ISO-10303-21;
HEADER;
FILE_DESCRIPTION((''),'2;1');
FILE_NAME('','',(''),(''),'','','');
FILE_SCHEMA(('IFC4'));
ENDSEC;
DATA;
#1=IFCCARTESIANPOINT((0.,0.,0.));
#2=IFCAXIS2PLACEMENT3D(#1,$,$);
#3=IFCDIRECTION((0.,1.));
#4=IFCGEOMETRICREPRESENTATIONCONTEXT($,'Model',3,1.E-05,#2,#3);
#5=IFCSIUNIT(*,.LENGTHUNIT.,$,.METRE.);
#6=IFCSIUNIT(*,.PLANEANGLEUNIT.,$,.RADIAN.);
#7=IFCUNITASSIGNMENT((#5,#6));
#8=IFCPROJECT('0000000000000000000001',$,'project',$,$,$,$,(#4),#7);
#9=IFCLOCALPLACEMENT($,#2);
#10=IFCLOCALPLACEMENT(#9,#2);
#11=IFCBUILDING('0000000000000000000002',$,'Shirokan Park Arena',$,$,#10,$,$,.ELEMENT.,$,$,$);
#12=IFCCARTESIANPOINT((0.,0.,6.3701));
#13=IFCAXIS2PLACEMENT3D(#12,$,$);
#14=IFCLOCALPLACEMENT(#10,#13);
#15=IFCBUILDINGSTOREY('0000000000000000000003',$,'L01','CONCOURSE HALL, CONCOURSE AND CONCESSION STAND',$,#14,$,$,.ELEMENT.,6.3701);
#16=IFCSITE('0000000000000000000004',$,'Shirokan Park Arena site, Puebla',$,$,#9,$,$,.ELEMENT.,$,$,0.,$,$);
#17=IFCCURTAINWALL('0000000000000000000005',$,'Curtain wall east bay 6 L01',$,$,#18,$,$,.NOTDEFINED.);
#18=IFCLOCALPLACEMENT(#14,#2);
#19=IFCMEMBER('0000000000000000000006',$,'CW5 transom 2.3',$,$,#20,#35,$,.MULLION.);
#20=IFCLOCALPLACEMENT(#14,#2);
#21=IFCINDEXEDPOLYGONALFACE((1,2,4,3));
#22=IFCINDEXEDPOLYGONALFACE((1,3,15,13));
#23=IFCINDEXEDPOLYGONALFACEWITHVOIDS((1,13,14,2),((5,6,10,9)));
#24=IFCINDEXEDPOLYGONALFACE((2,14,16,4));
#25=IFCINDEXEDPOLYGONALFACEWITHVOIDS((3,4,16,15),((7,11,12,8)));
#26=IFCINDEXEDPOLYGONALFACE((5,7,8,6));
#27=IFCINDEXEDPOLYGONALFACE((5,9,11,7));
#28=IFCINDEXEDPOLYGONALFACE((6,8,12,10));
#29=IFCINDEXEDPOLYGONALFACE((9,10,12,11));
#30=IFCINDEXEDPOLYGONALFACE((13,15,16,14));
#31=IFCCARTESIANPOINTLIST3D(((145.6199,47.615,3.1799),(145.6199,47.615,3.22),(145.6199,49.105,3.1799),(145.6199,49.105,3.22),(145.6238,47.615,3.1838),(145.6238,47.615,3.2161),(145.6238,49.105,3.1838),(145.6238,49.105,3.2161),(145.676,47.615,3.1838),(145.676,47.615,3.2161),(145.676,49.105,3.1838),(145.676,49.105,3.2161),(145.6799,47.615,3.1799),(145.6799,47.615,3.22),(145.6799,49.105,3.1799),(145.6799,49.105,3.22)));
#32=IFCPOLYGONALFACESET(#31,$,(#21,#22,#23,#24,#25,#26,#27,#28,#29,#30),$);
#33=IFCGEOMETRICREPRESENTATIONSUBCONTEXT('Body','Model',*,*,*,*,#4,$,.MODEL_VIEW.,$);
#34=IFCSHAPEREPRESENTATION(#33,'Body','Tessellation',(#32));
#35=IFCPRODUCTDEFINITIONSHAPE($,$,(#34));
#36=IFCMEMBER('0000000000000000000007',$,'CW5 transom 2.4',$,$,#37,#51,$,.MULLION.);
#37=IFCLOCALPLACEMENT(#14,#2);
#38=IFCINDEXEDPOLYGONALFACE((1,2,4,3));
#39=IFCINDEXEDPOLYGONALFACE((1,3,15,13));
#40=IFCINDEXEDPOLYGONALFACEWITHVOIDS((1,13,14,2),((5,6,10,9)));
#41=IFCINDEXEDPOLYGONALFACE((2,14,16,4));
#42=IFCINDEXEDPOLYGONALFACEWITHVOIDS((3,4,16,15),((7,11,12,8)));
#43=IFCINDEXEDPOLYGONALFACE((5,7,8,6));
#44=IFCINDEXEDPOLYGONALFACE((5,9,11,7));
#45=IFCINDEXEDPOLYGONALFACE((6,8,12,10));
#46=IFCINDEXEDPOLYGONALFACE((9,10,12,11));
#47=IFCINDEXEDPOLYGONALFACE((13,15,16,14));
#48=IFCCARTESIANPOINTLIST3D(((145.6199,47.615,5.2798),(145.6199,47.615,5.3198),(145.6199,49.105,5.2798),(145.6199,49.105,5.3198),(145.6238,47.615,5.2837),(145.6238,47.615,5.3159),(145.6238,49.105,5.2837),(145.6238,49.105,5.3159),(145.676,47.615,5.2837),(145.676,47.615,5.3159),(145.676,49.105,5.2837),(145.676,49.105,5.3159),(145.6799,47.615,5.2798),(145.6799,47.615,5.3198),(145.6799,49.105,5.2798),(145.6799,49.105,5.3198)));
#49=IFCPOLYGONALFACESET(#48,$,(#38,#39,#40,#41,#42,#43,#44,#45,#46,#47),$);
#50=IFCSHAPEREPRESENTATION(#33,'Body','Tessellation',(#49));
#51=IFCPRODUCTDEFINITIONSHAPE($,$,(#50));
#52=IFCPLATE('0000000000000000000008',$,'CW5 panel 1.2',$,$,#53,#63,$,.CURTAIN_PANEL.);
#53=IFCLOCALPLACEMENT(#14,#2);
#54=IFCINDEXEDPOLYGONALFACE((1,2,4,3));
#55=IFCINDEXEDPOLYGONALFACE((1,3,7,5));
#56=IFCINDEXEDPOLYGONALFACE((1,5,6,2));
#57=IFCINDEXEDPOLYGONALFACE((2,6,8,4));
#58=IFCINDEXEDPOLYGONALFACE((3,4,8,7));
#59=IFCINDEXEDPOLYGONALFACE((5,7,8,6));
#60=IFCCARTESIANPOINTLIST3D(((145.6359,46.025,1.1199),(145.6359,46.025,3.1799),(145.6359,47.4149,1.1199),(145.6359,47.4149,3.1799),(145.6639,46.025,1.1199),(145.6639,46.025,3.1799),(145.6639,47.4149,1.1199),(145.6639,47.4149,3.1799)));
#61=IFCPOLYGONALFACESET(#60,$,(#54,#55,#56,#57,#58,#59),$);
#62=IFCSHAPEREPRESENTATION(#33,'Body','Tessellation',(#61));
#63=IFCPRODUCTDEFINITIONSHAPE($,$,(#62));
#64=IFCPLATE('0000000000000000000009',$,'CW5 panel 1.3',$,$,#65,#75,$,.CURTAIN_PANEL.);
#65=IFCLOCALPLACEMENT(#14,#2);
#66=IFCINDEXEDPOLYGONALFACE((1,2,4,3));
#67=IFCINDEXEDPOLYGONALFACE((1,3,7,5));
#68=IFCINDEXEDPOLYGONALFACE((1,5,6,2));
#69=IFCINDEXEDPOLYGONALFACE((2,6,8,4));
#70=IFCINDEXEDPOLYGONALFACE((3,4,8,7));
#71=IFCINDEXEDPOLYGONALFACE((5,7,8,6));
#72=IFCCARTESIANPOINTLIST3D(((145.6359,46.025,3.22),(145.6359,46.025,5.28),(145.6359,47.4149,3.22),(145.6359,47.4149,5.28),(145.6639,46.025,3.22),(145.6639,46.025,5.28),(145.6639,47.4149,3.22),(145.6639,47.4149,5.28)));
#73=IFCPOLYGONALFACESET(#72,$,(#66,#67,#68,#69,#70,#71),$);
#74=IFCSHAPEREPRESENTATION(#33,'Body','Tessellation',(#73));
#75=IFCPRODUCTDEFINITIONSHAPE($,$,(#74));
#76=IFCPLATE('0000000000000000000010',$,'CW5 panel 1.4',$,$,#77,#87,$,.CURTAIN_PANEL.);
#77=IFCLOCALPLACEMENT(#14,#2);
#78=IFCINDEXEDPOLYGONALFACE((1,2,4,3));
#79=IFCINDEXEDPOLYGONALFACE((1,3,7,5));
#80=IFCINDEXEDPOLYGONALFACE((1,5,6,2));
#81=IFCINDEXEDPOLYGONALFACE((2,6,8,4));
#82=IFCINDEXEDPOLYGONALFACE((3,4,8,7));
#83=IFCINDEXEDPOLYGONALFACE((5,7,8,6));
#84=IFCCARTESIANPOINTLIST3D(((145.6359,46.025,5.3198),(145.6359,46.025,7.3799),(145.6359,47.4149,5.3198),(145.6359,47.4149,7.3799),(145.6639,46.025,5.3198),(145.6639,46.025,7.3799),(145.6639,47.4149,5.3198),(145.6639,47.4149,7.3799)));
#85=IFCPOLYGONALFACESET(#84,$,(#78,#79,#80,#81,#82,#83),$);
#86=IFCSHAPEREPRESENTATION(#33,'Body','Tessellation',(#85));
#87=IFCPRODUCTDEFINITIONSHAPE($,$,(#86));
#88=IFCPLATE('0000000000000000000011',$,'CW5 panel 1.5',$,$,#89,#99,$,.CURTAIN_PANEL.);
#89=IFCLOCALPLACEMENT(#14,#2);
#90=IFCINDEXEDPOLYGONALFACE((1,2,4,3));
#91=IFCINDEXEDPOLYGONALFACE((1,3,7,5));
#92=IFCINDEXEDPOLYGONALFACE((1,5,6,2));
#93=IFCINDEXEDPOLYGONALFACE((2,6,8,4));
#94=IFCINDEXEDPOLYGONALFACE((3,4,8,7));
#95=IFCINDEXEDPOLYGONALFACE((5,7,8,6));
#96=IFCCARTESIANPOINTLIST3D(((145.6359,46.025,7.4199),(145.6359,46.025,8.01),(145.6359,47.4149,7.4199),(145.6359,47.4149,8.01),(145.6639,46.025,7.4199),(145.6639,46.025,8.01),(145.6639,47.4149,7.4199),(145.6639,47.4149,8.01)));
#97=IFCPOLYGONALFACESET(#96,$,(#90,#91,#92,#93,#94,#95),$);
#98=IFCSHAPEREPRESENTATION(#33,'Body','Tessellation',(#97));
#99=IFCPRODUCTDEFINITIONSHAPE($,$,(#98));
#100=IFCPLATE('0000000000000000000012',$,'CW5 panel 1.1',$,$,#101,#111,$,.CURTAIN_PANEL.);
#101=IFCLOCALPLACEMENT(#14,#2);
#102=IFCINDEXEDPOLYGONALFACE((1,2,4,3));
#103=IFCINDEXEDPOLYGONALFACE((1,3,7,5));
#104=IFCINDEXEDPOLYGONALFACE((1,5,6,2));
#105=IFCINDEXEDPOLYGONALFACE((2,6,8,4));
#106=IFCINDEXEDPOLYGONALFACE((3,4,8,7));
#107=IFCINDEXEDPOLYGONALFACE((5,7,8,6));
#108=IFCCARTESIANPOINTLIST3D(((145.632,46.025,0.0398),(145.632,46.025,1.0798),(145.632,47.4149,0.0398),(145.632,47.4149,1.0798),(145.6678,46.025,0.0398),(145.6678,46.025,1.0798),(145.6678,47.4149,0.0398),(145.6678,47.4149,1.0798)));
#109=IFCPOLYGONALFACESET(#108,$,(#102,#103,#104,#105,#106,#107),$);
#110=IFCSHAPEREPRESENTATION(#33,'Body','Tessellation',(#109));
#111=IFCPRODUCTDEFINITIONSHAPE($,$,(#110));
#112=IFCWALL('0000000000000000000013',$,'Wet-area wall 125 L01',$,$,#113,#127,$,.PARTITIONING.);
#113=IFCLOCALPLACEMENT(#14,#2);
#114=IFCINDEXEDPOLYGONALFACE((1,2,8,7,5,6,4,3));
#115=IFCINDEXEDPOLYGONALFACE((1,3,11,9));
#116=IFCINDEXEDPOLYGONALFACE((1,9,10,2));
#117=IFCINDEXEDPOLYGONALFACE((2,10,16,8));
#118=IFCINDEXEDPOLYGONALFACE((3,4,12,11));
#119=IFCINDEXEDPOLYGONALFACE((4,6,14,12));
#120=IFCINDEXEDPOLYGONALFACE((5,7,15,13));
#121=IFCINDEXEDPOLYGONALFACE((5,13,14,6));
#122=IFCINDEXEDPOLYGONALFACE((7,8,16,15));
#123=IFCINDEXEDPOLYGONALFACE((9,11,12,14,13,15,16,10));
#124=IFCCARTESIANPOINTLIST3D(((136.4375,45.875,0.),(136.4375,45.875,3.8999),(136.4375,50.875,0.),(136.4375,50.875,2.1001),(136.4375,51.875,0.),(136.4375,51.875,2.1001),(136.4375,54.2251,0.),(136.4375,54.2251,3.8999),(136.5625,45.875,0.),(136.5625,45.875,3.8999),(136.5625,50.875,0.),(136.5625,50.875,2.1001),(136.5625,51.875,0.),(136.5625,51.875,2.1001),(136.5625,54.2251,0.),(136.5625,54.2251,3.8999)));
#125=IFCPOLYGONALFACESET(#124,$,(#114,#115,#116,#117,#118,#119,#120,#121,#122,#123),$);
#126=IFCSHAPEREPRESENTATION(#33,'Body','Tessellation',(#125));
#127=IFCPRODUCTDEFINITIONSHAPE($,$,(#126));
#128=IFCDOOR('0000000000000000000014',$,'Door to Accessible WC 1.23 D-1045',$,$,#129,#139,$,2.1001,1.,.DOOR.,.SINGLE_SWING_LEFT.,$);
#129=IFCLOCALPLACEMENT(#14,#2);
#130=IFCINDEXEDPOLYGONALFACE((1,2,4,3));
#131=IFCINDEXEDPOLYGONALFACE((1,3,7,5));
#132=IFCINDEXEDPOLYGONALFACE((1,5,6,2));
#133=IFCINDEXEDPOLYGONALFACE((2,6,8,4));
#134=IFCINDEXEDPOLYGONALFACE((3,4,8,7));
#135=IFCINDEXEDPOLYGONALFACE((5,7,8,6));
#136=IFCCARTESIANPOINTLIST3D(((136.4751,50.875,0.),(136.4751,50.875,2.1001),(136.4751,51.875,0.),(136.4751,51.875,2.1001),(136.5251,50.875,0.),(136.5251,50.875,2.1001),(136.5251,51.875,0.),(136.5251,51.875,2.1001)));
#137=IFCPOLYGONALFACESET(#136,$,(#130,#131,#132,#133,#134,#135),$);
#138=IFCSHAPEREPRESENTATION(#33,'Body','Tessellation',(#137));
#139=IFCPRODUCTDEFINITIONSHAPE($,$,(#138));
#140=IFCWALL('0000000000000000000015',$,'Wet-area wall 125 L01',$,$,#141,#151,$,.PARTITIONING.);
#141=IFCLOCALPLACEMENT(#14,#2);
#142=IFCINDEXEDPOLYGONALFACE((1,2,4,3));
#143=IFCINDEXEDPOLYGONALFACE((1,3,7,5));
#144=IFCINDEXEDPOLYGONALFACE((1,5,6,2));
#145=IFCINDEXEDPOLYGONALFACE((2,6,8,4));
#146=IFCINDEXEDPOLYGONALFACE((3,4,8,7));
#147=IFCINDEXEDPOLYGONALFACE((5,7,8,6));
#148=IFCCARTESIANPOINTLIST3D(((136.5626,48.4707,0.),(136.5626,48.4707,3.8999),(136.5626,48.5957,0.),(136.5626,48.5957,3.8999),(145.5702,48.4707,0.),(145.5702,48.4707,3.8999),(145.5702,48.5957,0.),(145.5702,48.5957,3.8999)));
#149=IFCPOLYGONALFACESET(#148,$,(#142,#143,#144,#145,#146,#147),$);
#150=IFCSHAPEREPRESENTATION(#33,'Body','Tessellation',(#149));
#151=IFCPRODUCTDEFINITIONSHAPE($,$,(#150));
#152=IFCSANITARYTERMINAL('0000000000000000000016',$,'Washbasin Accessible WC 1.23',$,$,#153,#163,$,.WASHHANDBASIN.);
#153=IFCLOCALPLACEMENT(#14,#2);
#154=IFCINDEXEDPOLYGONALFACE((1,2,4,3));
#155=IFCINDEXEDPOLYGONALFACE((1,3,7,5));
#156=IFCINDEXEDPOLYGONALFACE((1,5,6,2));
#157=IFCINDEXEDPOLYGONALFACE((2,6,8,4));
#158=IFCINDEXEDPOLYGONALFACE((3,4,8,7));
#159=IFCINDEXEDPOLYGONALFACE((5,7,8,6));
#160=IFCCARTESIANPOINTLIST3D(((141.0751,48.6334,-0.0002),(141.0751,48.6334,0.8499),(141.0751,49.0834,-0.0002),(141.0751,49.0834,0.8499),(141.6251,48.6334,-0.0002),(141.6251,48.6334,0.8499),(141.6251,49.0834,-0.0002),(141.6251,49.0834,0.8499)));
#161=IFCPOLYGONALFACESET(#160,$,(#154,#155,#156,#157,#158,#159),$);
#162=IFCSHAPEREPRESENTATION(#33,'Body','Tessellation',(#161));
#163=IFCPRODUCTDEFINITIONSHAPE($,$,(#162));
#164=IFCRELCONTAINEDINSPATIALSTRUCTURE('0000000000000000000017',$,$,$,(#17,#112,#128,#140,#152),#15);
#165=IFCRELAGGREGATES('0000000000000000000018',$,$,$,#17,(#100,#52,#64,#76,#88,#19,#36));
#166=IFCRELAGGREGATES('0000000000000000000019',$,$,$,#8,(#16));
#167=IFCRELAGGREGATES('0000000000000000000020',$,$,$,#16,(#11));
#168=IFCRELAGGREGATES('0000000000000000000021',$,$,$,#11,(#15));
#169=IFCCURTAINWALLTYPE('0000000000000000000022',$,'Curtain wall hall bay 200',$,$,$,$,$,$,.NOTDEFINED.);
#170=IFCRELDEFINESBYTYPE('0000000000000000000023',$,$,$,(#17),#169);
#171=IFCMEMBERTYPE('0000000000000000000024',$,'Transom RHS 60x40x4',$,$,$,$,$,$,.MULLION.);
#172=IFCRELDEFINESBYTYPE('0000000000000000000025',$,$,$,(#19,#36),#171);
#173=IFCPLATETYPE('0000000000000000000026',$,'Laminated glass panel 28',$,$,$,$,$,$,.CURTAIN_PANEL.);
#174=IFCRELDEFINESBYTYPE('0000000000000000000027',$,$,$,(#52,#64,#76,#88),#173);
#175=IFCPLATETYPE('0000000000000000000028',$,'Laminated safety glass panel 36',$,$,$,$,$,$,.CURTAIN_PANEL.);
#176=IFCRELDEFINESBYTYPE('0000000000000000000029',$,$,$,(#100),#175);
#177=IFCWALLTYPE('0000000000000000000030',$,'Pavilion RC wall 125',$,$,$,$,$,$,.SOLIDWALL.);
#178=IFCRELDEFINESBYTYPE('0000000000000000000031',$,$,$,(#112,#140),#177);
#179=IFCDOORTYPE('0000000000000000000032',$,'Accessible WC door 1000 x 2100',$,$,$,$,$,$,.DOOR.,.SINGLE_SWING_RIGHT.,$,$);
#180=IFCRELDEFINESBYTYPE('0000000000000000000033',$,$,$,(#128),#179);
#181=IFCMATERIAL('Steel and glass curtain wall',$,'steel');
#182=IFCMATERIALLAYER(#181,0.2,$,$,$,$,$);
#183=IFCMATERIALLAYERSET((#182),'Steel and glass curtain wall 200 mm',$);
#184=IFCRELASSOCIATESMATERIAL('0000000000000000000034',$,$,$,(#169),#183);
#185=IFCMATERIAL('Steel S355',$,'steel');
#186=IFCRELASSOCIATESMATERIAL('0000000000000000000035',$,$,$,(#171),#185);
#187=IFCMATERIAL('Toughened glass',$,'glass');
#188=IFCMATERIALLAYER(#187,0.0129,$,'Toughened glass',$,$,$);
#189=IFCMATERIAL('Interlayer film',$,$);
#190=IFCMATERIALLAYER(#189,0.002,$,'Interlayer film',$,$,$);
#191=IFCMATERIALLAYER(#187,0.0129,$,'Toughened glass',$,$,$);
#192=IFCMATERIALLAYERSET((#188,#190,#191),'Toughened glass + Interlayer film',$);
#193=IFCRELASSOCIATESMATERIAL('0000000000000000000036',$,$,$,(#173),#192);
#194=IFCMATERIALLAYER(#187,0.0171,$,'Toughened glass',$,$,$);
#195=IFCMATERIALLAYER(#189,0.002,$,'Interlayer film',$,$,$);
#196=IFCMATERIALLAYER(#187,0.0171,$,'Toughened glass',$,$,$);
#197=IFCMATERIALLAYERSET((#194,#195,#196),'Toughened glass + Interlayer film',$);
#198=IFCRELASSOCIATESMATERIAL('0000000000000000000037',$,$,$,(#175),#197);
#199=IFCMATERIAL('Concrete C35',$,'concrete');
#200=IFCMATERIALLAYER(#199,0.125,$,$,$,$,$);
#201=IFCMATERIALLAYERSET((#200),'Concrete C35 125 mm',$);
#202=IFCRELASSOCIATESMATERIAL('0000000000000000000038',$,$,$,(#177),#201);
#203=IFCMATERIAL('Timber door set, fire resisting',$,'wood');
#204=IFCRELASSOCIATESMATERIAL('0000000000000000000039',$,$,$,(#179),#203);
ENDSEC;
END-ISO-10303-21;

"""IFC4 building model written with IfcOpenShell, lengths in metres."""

from ifc_helpers import new_model, si_unit, direction, frame, frame_2d, origin, origin_2d, place, context, subcontext, project, spatial, rectangle, hollow_rectangle, extrude, material, layer, layer_set, material_profile, profile_set, type_object, element, fill, aggregate, save


model = new_model("IFC4")

# Units and contexts
model_context = context("Model", 3, precision=1e-05, world=origin(), true_north=direction((0.0, 1.0)))
body_context = subcontext(model_context, "Body", "Model", "MODEL_VIEW")
ifc_project = project(units=[si_unit("LENGTHUNIT", "METRE"), si_unit("PLANEANGLEUNIT", "RADIAN")], contexts=[model_context])

# Site, building, storey
site_placement = place(None, origin())
site = spatial("IfcSite", under=ifc_project, at=site_placement, Name="Shirokan Park Arena site, Puebla", CompositionType="ELEMENT", RefElevation=0.0)
building_placement = place(site_placement, origin())
building = spatial("IfcBuilding", under=site, at=building_placement, Name="Shirokan Park Arena", CompositionType="ELEMENT")
storey_placement = place(building_placement, frame((0.0, 0.0, 6.3701)))
storey = spatial("IfcBuildingStorey", under=building, at=storey_placement, Name="L01", Description="CONCOURSE HALL, CONCOURSE AND CONCESSION STAND", CompositionType="ELEMENT", Elevation=6.3701)

# Curtain wall
ifc_material_1 = material(Name="Steel and glass curtain wall", Category="steel")
ifc_layer_1 = layer(ifc_material_1, 0.2)
ifc_layer_set_1 = layer_set([ifc_layer_1], Name="Steel and glass curtain wall 200 mm")
curtain_wall_type = type_object("IfcCurtainWallType", Name="Curtain wall hall bay 200", PredefinedType="NOTDEFINED", material=ifc_layer_set_1)
curtain_wall_placement = place(storey_placement, origin())
curtain_wall = element("IfcCurtainWall", 1, at=curtain_wall_placement, inside=storey, type_object=curtain_wall_type, Name="Curtain wall east bay 6 L01", PredefinedType="NOTDEFINED")
ifc_material_2 = material(Name="Steel S355", Category="steel")

# Shared definitions
ifc_material_3 = material(Name="Concrete C35", Category="concrete")

# Members
ifc_material_profile_1 = material_profile(ifc_material_2, hollow_rectangle(XDim=0.0601, YDim=0.04, WallThickness=0.0039, at=origin_2d()), Name="RHS 60x40x4")
ifc_profile_set_1 = profile_set([ifc_material_profile_1], Name="Steel S355")
member_type_1 = type_object("IfcMemberType", Name="Transom RHS 60x40x4", PredefinedType="MULLION", material=ifc_profile_set_1)
member_1_placement = place(storey_placement, frame((145.6499, 47.615, 3.2), z_axis=(0.0, 1.0, 0.0), x_axis=(-1.0, 0.0, 0.0)))
member_1 = element("IfcMember", 2, at=member_1_placement, type_object=member_type_1, Name="CW5 transom 2.3", PredefinedType="MULLION", context=body_context, shape_type="SweptSolid", body=[
    extrude(hollow_rectangle(XDim=0.0601, YDim=0.04, WallThickness=0.0039, at=origin_2d()), origin(), (0.0, 0.0, 1.0), 1.49),
])
member_2_placement = place(storey_placement, frame((145.6499, 47.615, 5.2998), z_axis=(0.0, 1.0, 0.0), x_axis=(-1.0, 0.0, 0.0)))
member_2 = element("IfcMember", 3, at=member_2_placement, type_object=member_type_1, Name="CW5 transom 2.4", PredefinedType="MULLION", context=body_context, shape_type="SweptSolid", body=[
    extrude(hollow_rectangle(XDim=0.0601, YDim=0.04, WallThickness=0.0039, at=origin_2d()), origin(), (0.0, 0.0, 1.0), 1.49),
])

# Plates
ifc_material_4 = material(Name="Toughened glass", Category="glass")
ifc_layer_2 = layer(ifc_material_4, 0.0129, Name="Toughened glass")
ifc_material_5 = material(Name="Interlayer film")
ifc_layer_3 = layer(ifc_material_5, 0.002, Name="Interlayer film")
ifc_layer_4 = layer(ifc_material_4, 0.0129, Name="Toughened glass")
ifc_layer_set_2 = layer_set([ifc_layer_2, ifc_layer_3, ifc_layer_4], Name="Toughened glass + Interlayer film")
plate_type_1 = type_object("IfcPlateType", Name="Laminated glass panel 28", PredefinedType="CURTAIN_PANEL", material=ifc_layer_set_2)
plate_1_placement = place(storey_placement, frame((145.6499, 46.72, 1.1199), z_axis=(0.0, 0.0, 1.0), x_axis=(0.0, 1.0, 0.0)))
plate_1 = element("IfcPlate", 4, at=plate_1_placement, type_object=plate_type_1, Name="CW5 panel 1.2", PredefinedType="CURTAIN_PANEL", context=body_context, shape_type="SweptSolid", body=[
    extrude(rectangle(XDim=1.3899, YDim=0.0281, at=origin_2d()), origin(), (0.0, 0.0, 1.0), 2.0601),
])
plate_2_placement = place(storey_placement, frame((145.6499, 46.72, 3.22), z_axis=(0.0, 0.0, 1.0), x_axis=(0.0, 1.0, 0.0)))
plate_2 = element("IfcPlate", 5, at=plate_2_placement, type_object=plate_type_1, Name="CW5 panel 1.3", PredefinedType="CURTAIN_PANEL", context=body_context, shape_type="SweptSolid", body=[
    extrude(rectangle(XDim=1.3899, YDim=0.0281, at=origin_2d()), origin(), (0.0, 0.0, 1.0), 2.0601),
])
plate_3_placement = place(storey_placement, frame((145.6499, 46.72, 5.3198), z_axis=(0.0, 0.0, 1.0), x_axis=(0.0, 1.0, 0.0)))
plate_3 = element("IfcPlate", 6, at=plate_3_placement, type_object=plate_type_1, Name="CW5 panel 1.4", PredefinedType="CURTAIN_PANEL", context=body_context, shape_type="SweptSolid", body=[
    extrude(rectangle(XDim=1.3899, YDim=0.0281, at=origin_2d()), origin(), (0.0, 0.0, 1.0), 2.0601),
])
plate_4_placement = place(storey_placement, frame((145.6499, 46.72, 7.4199), z_axis=(0.0, 0.0, 1.0), x_axis=(0.0, 1.0, 0.0)))
plate_4 = element("IfcPlate", 7, at=plate_4_placement, type_object=plate_type_1, Name="CW5 panel 1.5", PredefinedType="CURTAIN_PANEL", context=body_context, shape_type="SweptSolid", body=[
    extrude(rectangle(XDim=1.3899, YDim=0.0281, at=origin_2d()), origin(), (0.0, 0.0, 1.0), 0.5901),
])
ifc_layer_5 = layer(ifc_material_4, 0.0171, Name="Toughened glass")
ifc_layer_6 = layer(ifc_material_5, 0.002, Name="Interlayer film")
ifc_layer_7 = layer(ifc_material_4, 0.0171, Name="Toughened glass")
ifc_layer_set_3 = layer_set([ifc_layer_5, ifc_layer_6, ifc_layer_7], Name="Toughened glass + Interlayer film")
plate_type_2 = type_object("IfcPlateType", Name="Laminated safety glass panel 36", PredefinedType="CURTAIN_PANEL", material=ifc_layer_set_3)
plate_5_placement = place(storey_placement, frame((145.6499, 46.72, 0.0398), z_axis=(0.0, 0.0, 1.0), x_axis=(0.0, 1.0, 0.0)))
plate_5 = element("IfcPlate", 8, at=plate_5_placement, type_object=plate_type_2, Name="CW5 panel 1.1", PredefinedType="CURTAIN_PANEL", context=body_context, shape_type="SweptSolid", body=[
    extrude(rectangle(XDim=1.3899, YDim=0.0359, at=origin_2d()), origin(), (0.0, 0.0, 1.0), 1.04),
])
aggregate(curtain_wall, [plate_5, plate_1, plate_2, plate_3, plate_4, member_1, member_2])

# Wall, opening, door
ifc_layer_8 = layer(ifc_material_3, 0.125)
ifc_layer_set_4 = layer_set([ifc_layer_8], Name="Concrete C35 125 mm")
wall_type = type_object("IfcWallType", Name="Pavilion RC wall 125", PredefinedType="SOLIDWALL", material=ifc_layer_set_4)
wall_1_placement = place(storey_placement, frame((136.5, 45.875, 0.0), z_axis=(0.0, 0.0, 1.0), x_axis=(0.0, 1.0, 0.0)))
wall_1 = element("IfcWall", 9, at=wall_1_placement, inside=storey, type_object=wall_type, Name="Wet-area wall 125 L01", PredefinedType="PARTITIONING", context=body_context, shape_type="SweptSolid", body=[
    extrude(rectangle(XDim=8.3501, YDim=0.125, at=frame_2d((4.175, 0.0))), origin(), (0.0, 0.0, 1.0), 3.8999),
])
opening_placement = place(wall_1_placement, frame((5.0, 0.0, 0.0)))
opening = element("IfcOpeningElement", 10, at=opening_placement, cuts=wall_1, PredefinedType="OPENING", context=body_context, shape_type="SweptSolid", body=[
    extrude(rectangle(XDim=1.0, YDim=2.1001, at=frame_2d((0.5, 1.05))), frame((0.0, 0.0725, 0.0), z_axis=(0.0, -1.0, 0.0), x_axis=(1.0, 0.0, 0.0)), (0.0, 0.0, 1.0), 0.145),
])
ifc_material_6 = material(Name="Timber door set, fire resisting", Category="wood")
door_type = type_object("IfcDoorType", Name="Accessible WC door 1000 x 2100", OperationType="SINGLE_SWING_RIGHT", PredefinedType="DOOR", material=ifc_material_6)
door_placement = place(opening_placement, origin())
door = element("IfcDoor", 11, at=door_placement, inside=storey, type_object=door_type, Name="Door to Accessible WC 1.23 D-1045", OperationType="SINGLE_SWING_LEFT", OverallHeight=2.1001, OverallWidth=1.0, PredefinedType="DOOR", context=body_context, shape_type="SweptSolid", body=[
    extrude(rectangle(XDim=1.0, YDim=2.1001, at=frame_2d((0.5, 1.05))), frame((0.0, 0.0249, 0.0), z_axis=(0.0, -1.0, 0.0), x_axis=(1.0, 0.0, 0.0)), (0.0, 0.0, 1.0), 0.05),
])
fill(opening, door)

# Wall
wall_2_placement = place(storey_placement, frame((136.5625, 48.5332, 0.0), z_axis=(0.0, 0.0, 1.0), x_axis=(1.0, 0.0, 0.0)))
element("IfcWall", 12, at=wall_2_placement, inside=storey, type_object=wall_type, Name="Wet-area wall 125 L01", PredefinedType="PARTITIONING", context=body_context, shape_type="SweptSolid", body=[
    extrude(rectangle(XDim=9.0076, YDim=0.125, at=frame_2d((4.5039, 0.0))), origin(), (0.0, 0.0, 1.0), 3.8999),
])

# Sanitary terminal
sanitary_terminal_placement = place(storey_placement, frame((141.3501, 48.8584, -0.0002), z_axis=(0.0, 0.0, 1.0), x_axis=(1.0, 0.0, 0.0)))
element("IfcSanitaryTerminal", 13, at=sanitary_terminal_placement, inside=storey, Name="Washbasin Accessible WC 1.23", PredefinedType="WASHHANDBASIN", context=body_context, shape_type="SweptSolid", body=[
    extrude(rectangle(XDim=0.55, YDim=0.45, at=origin_2d()), origin(), (0.0, 0.0, 1.0), 0.8501),
])

save(model, "model.ifc")
